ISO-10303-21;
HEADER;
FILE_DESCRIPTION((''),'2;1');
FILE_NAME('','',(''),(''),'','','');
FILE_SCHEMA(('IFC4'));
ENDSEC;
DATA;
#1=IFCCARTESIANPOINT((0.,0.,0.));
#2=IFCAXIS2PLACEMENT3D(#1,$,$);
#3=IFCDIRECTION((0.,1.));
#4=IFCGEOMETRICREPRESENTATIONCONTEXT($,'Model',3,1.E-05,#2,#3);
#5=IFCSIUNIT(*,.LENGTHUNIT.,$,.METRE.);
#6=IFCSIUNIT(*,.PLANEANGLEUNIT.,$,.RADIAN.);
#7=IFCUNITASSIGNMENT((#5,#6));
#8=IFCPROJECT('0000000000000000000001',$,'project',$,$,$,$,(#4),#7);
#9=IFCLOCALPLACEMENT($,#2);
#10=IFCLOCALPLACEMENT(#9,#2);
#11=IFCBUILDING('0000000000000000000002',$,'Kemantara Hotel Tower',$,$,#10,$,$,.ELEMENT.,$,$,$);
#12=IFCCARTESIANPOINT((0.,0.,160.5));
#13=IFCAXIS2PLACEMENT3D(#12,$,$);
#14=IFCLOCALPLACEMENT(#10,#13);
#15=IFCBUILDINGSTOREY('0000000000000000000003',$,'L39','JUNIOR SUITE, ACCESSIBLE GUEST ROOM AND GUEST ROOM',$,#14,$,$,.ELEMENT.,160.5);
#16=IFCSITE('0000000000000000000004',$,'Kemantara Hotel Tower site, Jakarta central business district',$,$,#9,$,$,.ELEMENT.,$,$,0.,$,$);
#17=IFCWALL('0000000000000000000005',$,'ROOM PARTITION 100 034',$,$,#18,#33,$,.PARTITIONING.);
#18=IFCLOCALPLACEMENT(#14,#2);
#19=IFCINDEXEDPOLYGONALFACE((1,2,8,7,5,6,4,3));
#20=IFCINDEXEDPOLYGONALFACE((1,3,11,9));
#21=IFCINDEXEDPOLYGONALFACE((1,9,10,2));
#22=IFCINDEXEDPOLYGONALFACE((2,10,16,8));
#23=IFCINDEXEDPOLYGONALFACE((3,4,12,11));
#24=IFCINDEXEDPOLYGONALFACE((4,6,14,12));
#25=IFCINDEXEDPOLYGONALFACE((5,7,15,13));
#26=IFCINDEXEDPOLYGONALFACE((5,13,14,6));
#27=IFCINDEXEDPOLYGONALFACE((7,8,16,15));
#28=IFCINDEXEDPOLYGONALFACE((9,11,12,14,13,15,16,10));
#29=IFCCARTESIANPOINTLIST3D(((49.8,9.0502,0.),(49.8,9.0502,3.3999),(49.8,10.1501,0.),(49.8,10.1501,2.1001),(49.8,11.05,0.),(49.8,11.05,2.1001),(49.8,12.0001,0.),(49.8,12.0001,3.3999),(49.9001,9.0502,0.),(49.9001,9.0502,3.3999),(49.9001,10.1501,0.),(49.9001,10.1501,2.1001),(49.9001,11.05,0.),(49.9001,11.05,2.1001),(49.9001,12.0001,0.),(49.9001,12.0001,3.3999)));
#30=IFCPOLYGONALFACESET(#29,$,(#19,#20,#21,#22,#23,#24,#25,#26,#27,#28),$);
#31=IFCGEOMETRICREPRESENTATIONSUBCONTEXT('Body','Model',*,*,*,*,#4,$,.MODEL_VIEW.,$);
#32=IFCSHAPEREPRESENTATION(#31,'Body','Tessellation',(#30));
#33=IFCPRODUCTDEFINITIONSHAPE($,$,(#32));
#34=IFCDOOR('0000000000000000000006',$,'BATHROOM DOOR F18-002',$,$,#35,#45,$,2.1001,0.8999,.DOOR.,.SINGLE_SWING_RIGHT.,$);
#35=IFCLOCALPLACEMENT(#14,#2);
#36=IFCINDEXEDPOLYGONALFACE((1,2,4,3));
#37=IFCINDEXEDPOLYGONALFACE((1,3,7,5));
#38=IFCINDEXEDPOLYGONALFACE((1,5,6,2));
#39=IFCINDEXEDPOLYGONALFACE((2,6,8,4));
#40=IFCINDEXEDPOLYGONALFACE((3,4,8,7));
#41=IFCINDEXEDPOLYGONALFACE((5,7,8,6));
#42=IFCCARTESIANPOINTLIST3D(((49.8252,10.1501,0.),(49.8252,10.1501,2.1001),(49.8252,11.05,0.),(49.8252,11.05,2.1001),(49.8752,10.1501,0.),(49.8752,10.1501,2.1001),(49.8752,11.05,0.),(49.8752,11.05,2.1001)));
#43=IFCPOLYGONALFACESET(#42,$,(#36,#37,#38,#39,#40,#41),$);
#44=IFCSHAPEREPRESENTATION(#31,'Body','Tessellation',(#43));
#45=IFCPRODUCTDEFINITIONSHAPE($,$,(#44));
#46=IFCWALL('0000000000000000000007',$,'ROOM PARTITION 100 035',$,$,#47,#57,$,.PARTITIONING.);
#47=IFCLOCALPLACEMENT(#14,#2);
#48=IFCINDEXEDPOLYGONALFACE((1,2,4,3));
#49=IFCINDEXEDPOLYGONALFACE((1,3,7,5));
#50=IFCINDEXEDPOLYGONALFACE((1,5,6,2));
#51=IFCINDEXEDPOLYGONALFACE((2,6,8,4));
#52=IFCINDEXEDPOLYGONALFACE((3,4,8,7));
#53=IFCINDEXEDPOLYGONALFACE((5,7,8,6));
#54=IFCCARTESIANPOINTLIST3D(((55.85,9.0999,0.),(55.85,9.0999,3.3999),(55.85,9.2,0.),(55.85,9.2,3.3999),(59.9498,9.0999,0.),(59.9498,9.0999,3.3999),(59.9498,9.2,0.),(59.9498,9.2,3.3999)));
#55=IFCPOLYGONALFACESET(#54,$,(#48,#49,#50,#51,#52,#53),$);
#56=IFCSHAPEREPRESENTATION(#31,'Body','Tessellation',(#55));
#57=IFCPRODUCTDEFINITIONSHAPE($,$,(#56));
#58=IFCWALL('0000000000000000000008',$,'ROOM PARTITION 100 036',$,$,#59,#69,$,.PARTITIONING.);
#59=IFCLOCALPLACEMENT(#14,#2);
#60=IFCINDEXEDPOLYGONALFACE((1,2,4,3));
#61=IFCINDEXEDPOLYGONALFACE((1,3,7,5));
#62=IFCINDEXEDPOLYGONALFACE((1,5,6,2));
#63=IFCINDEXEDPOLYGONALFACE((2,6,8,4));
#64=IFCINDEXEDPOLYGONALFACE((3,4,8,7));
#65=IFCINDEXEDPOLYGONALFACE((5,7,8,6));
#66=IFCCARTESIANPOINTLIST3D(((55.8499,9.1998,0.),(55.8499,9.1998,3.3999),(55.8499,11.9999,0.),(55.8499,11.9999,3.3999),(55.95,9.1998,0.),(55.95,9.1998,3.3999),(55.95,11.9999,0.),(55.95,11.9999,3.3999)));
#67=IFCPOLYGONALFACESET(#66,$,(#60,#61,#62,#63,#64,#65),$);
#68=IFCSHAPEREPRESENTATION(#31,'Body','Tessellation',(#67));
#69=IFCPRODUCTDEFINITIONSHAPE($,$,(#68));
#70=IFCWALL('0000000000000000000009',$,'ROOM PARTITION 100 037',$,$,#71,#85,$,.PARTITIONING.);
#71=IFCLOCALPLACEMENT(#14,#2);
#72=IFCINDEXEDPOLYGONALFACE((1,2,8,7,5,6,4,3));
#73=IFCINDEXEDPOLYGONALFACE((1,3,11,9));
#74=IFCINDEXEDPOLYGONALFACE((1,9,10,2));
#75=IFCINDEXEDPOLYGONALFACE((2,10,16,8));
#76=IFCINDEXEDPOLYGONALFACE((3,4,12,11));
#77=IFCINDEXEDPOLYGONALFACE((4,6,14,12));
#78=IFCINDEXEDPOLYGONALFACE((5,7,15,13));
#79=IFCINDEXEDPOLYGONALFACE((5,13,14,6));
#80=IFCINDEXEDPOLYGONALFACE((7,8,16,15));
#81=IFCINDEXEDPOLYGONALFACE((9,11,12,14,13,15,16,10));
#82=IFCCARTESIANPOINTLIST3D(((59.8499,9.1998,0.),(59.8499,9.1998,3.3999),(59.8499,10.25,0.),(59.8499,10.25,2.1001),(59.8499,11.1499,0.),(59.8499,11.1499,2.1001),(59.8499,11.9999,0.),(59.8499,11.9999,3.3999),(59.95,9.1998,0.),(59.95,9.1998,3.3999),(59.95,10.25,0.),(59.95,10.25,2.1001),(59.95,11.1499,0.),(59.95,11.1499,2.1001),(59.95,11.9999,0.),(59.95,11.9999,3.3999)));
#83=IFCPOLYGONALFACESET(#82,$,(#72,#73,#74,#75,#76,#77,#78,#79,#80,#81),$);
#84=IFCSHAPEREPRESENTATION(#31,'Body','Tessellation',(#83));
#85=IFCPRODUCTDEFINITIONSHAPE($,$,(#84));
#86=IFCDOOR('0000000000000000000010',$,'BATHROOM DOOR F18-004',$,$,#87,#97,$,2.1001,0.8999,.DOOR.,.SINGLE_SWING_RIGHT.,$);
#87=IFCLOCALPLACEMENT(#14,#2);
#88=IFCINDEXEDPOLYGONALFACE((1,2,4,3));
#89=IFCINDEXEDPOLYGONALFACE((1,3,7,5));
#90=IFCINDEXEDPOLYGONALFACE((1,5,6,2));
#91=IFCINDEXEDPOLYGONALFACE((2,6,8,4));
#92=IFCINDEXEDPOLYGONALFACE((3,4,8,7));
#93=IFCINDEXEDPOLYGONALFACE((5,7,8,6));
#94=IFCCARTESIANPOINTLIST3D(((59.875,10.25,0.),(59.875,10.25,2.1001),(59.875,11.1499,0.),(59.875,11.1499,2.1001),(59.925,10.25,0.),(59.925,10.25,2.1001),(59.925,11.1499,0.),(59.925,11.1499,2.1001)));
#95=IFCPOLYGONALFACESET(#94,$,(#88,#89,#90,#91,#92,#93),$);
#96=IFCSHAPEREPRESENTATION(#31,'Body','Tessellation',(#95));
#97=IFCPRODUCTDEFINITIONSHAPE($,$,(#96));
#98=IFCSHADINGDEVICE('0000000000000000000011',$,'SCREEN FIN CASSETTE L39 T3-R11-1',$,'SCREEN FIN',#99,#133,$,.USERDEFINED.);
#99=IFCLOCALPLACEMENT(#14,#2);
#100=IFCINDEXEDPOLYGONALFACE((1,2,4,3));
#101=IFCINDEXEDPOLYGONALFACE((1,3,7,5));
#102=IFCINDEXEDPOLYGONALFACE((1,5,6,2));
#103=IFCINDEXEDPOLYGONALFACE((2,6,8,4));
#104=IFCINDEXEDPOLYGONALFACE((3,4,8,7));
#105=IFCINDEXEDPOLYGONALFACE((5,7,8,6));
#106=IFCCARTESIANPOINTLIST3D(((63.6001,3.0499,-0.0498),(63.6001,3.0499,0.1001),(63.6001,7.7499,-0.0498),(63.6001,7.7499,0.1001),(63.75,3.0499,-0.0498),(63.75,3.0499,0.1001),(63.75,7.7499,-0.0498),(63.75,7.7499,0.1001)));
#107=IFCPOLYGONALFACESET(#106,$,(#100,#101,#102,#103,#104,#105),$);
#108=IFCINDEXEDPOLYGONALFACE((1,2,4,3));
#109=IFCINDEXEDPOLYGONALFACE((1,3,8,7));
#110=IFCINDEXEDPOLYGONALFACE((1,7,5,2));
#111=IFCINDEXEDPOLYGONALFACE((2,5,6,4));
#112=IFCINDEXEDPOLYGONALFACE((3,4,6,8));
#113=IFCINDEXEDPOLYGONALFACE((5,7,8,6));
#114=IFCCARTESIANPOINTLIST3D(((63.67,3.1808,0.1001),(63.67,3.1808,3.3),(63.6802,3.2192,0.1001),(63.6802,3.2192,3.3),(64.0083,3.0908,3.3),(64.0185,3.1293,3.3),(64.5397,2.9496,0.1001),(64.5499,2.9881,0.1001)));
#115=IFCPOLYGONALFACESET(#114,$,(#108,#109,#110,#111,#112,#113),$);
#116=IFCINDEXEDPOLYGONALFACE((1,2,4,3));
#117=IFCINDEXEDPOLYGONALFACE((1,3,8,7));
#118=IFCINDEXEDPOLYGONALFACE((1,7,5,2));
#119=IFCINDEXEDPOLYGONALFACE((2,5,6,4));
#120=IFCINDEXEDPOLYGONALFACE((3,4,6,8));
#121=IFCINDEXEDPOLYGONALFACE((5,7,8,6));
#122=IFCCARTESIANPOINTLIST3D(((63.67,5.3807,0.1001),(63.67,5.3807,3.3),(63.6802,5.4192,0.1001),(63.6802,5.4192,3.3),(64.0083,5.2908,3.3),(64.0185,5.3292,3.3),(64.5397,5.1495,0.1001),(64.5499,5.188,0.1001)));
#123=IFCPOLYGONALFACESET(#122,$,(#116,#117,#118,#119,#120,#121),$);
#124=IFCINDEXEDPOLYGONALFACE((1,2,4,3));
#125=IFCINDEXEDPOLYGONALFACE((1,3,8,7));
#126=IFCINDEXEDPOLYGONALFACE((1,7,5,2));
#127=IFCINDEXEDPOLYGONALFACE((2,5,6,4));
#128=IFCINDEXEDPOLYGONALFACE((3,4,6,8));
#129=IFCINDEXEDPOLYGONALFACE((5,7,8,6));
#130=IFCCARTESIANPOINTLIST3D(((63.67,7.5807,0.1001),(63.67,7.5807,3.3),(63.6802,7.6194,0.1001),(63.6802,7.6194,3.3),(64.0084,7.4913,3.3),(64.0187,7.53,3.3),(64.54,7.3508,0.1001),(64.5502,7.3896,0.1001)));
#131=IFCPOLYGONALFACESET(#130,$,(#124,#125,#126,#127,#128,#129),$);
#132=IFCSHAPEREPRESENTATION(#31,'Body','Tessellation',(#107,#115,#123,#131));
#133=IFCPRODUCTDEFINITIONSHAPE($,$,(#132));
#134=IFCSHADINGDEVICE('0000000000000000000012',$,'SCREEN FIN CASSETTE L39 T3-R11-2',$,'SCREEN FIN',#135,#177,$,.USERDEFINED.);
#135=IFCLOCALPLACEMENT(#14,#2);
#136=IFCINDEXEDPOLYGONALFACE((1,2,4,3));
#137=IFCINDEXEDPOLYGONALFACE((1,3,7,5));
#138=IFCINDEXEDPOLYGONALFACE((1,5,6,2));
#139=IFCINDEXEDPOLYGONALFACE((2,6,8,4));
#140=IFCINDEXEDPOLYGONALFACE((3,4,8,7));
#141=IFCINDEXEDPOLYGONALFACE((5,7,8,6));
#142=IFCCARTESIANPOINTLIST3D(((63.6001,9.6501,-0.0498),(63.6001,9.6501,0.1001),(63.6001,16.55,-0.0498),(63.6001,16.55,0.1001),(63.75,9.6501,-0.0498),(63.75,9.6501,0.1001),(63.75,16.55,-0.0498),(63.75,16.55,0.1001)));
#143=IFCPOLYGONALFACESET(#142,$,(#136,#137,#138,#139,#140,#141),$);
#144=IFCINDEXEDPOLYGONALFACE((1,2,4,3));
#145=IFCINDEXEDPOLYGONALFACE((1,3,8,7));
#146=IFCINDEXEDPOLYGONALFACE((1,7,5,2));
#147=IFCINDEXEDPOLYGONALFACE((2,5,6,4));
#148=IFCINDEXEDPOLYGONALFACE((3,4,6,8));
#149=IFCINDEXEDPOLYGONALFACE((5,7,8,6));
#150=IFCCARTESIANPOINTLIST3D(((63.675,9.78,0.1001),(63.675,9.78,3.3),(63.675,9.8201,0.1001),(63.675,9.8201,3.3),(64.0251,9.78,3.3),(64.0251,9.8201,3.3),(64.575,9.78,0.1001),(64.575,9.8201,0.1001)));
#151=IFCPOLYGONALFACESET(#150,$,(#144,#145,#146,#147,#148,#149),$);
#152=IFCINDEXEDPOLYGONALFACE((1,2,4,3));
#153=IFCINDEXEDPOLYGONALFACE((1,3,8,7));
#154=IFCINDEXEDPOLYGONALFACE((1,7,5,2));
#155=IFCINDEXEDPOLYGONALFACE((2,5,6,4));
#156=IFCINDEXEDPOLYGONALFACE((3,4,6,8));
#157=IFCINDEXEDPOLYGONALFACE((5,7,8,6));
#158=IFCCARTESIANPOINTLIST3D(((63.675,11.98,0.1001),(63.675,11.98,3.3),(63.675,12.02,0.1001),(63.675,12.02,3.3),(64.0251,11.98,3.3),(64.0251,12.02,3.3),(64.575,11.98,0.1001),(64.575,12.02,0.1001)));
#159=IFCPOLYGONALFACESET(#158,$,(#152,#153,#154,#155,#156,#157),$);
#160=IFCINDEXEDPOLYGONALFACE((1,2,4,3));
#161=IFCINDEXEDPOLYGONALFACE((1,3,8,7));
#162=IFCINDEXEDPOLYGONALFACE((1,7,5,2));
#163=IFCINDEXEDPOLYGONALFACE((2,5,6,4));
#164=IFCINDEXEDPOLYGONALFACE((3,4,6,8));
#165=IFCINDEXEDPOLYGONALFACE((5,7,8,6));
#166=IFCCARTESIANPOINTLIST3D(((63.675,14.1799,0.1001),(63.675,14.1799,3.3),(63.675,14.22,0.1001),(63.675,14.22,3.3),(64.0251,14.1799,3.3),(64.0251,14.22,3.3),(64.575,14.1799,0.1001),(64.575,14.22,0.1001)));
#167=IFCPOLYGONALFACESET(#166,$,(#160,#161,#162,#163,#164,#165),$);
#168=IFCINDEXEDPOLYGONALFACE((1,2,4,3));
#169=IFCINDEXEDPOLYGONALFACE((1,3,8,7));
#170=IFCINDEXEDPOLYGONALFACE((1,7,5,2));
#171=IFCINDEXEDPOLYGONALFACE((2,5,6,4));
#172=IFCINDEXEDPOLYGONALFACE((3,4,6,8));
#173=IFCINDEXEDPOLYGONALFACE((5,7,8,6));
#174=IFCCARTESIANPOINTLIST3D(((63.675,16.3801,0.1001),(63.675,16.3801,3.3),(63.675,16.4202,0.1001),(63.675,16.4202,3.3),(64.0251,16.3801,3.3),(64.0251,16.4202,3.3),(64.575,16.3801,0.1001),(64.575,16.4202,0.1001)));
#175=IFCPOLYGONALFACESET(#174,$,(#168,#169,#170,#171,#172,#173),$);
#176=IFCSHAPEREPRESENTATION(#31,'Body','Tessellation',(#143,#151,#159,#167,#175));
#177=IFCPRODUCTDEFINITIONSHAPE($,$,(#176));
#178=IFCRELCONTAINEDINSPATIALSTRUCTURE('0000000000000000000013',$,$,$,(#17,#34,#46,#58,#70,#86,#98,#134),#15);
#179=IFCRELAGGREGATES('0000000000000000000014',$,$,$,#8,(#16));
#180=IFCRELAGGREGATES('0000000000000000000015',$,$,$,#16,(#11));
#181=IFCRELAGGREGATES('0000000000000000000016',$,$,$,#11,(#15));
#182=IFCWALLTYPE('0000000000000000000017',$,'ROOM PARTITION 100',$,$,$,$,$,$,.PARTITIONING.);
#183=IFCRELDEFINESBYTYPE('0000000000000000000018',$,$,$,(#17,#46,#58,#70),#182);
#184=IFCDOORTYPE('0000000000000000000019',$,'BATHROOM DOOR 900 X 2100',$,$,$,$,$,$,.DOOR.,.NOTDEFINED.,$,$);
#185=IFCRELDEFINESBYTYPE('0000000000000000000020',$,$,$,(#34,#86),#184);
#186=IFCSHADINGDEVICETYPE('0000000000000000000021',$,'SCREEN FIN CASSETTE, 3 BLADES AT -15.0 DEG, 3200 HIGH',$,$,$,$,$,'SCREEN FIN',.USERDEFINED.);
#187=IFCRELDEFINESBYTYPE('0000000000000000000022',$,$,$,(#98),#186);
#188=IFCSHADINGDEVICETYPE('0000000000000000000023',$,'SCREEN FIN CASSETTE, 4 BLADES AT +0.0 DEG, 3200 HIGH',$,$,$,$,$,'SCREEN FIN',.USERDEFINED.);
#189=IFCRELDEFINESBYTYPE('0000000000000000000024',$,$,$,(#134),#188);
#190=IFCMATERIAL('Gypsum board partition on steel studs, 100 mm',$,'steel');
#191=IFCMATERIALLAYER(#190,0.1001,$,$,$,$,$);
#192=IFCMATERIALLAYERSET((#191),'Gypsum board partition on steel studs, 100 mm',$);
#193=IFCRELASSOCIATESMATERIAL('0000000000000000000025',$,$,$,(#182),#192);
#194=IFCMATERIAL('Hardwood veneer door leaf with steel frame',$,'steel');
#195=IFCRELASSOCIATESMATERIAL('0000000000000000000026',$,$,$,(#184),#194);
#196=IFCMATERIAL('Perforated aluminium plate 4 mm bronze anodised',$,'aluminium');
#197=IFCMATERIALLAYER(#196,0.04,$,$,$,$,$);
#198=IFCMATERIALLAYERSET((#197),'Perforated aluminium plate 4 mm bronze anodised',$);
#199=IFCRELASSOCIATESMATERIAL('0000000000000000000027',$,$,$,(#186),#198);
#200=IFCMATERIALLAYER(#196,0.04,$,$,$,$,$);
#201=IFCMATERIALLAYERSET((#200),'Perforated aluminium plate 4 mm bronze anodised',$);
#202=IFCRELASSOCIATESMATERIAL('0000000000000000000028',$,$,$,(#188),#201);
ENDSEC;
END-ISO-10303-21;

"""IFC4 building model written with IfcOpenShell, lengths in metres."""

from ifc_helpers import new_model, si_unit, direction, frame, frame_2d, origin, origin_2d, place, context, subcontext, project, spatial, polyline, rectangle, outline, extrude, source, transform, mapped, material, layer, layer_set, type_object, element, fill, save


model = new_model("IFC4")

# Units and contexts
model_context = context("Model", 3, precision=1e-05, world=origin(), true_north=direction((0.0, 1.0)))
body_context = subcontext(model_context, "Body", "Model", "MODEL_VIEW")
ifc_project = project(units=[si_unit("LENGTHUNIT", "METRE"), si_unit("PLANEANGLEUNIT", "RADIAN")], contexts=[model_context])

# Site, building, storey
site_placement = place(None, origin())
site = spatial("IfcSite", under=ifc_project, at=site_placement, Name="Kemantara Hotel Tower site, Jakarta central business district", CompositionType="ELEMENT", RefElevation=0.0)
building_placement = place(site_placement, origin())
building = spatial("IfcBuilding", under=site, at=building_placement, Name="Kemantara Hotel Tower", CompositionType="ELEMENT")
storey_placement = place(building_placement, frame((0.0, 0.0, 160.5)))
storey = spatial("IfcBuildingStorey", under=building, at=storey_placement, Name="L39", Description="JUNIOR SUITE, ACCESSIBLE GUEST ROOM AND GUEST ROOM", CompositionType="ELEMENT", Elevation=160.5)

# Wall, opening, door
ifc_material_1 = material(Name="Gypsum board partition on steel studs, 100 mm", Category="steel")
ifc_layer_1 = layer(ifc_material_1, 0.1001)
ifc_layer_set_1 = layer_set([ifc_layer_1], Name="Gypsum board partition on steel studs, 100 mm")
wall_type_1 = type_object("IfcWallType", Name="ROOM PARTITION 100", PredefinedType="PARTITIONING", material=ifc_layer_set_1)
wall_1_placement = place(storey_placement, frame((49.8501, 9.05, 0.0), z_axis=(0.0, 0.0, 1.0), x_axis=(0.0, 1.0, 0.0)))
wall_1 = element("IfcWall", 1, at=wall_1_placement, inside=storey, type_object=wall_type_1, Name="ROOM PARTITION 100 034", PredefinedType="PARTITIONING", context=body_context, shape_type="SweptSolid", body=[
    extrude(rectangle(XDim=2.95, YDim=0.1001, at=frame_2d((1.4751, 0.0))), origin(), (0.0, 0.0, 1.0), 3.3999),
])
opening_1_placement = place(wall_1_placement, frame((1.1001, 0.0, 0.0)))
opening_1 = element("IfcOpeningElement", 2, at=opening_1_placement, cuts=wall_1, PredefinedType="OPENING", context=body_context, shape_type="SweptSolid", body=[
    extrude(rectangle(XDim=0.8999, YDim=2.1001, at=frame_2d((0.45, 1.05))), frame((0.0, 0.0601, 0.0), z_axis=(0.0, -1.0, 0.0), x_axis=(1.0, 0.0, 0.0)), (0.0, 0.0, 1.0), 0.1201),
])
ifc_material_2 = material(Name="Hardwood veneer door leaf with steel frame", Category="steel")
door_type = type_object("IfcDoorType", Name="BATHROOM DOOR 900 X 2100", OperationType="NOTDEFINED", PredefinedType="DOOR", material=ifc_material_2)
door_1_placement = place(opening_1_placement, origin())
door_1 = element("IfcDoor", 3, at=door_1_placement, inside=storey, type_object=door_type, Name="BATHROOM DOOR F18-002", OperationType="SINGLE_SWING_RIGHT", OverallHeight=2.1001, OverallWidth=0.8999, PredefinedType="DOOR", context=body_context, shape_type="SweptSolid", body=[
    extrude(rectangle(XDim=0.8999, YDim=2.1001, at=frame_2d((0.45, 1.05))), frame((0.0, 0.0249, 0.0), z_axis=(0.0, -1.0, 0.0), x_axis=(1.0, 0.0, 0.0)), (0.0, 0.0, 1.0), 0.05),
])
fill(opening_1, door_1)

# Walls
wall_2_placement = place(storey_placement, frame((55.8501, 9.1499, 0.0), z_axis=(0.0, 0.0, 1.0), x_axis=(1.0, 0.0, 0.0)))
element("IfcWall", 4, at=wall_2_placement, inside=storey, type_object=wall_type_1, Name="ROOM PARTITION 100 035", PredefinedType="PARTITIONING", context=body_context, shape_type="SweptSolid", body=[
    extrude(rectangle(XDim=4.0999, YDim=0.1001, at=frame_2d((2.0498, 0.0))), origin(), (0.0, 0.0, 1.0), 3.3999),
])
wall_3_placement = place(storey_placement, frame((55.8999, 9.2, 0.0), z_axis=(0.0, 0.0, 1.0), x_axis=(0.0, 1.0, 0.0)))
element("IfcWall", 5, at=wall_3_placement, inside=storey, type_object=wall_type_1, Name="ROOM PARTITION 100 036", PredefinedType="PARTITIONING", context=body_context, shape_type="SweptSolid", body=[
    extrude(rectangle(XDim=2.8, YDim=0.1001, at=frame_2d((1.3999, 0.0))), origin(), (0.0, 0.0, 1.0), 3.3999),
])

# Wall, opening, door
wall_4_placement = place(storey_placement, frame((59.8999, 9.2, 0.0), z_axis=(0.0, 0.0, 1.0), x_axis=(0.0, 1.0, 0.0)))
wall_4 = element("IfcWall", 6, at=wall_4_placement, inside=storey, type_object=wall_type_1, Name="ROOM PARTITION 100 037", PredefinedType="PARTITIONING", context=body_context, shape_type="SweptSolid", body=[
    extrude(rectangle(XDim=2.8, YDim=0.1001, at=frame_2d((1.3999, 0.0))), origin(), (0.0, 0.0, 1.0), 3.3999),
])
opening_2_placement = place(wall_4_placement, frame((1.05, 0.0, 0.0)))
opening_2 = element("IfcOpeningElement", 7, at=opening_2_placement, cuts=wall_4, PredefinedType="OPENING", context=body_context, shape_type="SweptSolid", body=[
    extrude(rectangle(XDim=0.8999, YDim=2.1001, at=frame_2d((0.45, 1.05))), frame((0.0, 0.0601, 0.0), z_axis=(0.0, -1.0, 0.0), x_axis=(1.0, 0.0, 0.0)), (0.0, 0.0, 1.0), 0.1201),
])
door_2_placement = place(opening_2_placement, origin())
door_2 = element("IfcDoor", 8, at=door_2_placement, inside=storey, type_object=door_type, Name="BATHROOM DOOR F18-004", OperationType="SINGLE_SWING_RIGHT", OverallHeight=2.1001, OverallWidth=0.8999, PredefinedType="DOOR", context=body_context, shape_type="SweptSolid", body=[
    extrude(rectangle(XDim=0.8999, YDim=2.1001, at=frame_2d((0.45, 1.05))), frame((0.0, 0.0249, 0.0), z_axis=(0.0, -1.0, 0.0), x_axis=(1.0, 0.0, 0.0)), (0.0, 0.0, 1.0), 0.05),
])
fill(opening_2, door_2)

# Shading devices
ifc_material_3 = material(Name="Perforated aluminium plate 4 mm bronze anodised", Category="aluminium")
ifc_layer_2 = layer(ifc_material_3, 0.04)
ifc_layer_set_2 = layer_set([ifc_layer_2], Name="Perforated aluminium plate 4 mm bronze anodised")
shading_device_type_1 = type_object("IfcShadingDeviceType", Name="SCREEN FIN CASSETTE, 3 BLADES AT -15.0 DEG, 3200 HIGH", ElementType="SCREEN FIN", PredefinedType="USERDEFINED", material=ifc_layer_set_2)
shared_shape_1 = source(origin(), body_context, "Body", "SweptSolid", [
    extrude(rectangle(XDim=4.7, YDim=0.1499, at=origin_2d()), frame((2.2, -0.075, -0.1499), z_axis=(0.0, 0.0, 1.0), x_axis=(1.0, 0.0, 0.0)), (0.0, 0.0, 1.0), 0.1499),
    extrude(outline(polyline([(0.0, 0.0), (0.8999, 0.0), (0.3501, 3.2), (0.0, 3.2), (0.0, 0.0)])), frame((0.0193, -0.0801, 0.0), z_axis=(-0.966438, 0.256901, 0.0), x_axis=(-0.256901, -0.966438, 0.0)), (0.0, 0.0, 1.0), 0.0398),
    extrude(outline(polyline([(0.0, 0.0), (0.8999, 0.0), (0.3501, 3.2), (0.0, 3.2), (0.0, 0.0)])), frame((2.2192, -0.0801, 0.0), z_axis=(-0.966438, 0.256901, 0.0), x_axis=(-0.256901, -0.966438, 0.0)), (0.0, 0.0, 1.0), 0.0398),
    extrude(outline(polyline([(0.0, 0.0), (0.8999, 0.0), (0.3501, 3.2), (0.0, 3.2), (0.0, 0.0)])), frame((4.4194, -0.0801, 0.0), z_axis=(-0.966838, 0.255391, 0.0), x_axis=(-0.255391, -0.966838, 0.0)), (0.0, 0.0, 1.0), 0.04),
])
shading_device_1_placement = place(storey_placement, frame((63.6001, 3.2, 0.1001), z_axis=(0.0, 0.0, 1.0), x_axis=(0.0, 1.0, 0.0)))
element("IfcShadingDevice", 9, at=shading_device_1_placement, inside=storey, type_object=shading_device_type_1, Name="SCREEN FIN CASSETTE L39 T3-R11-1", ObjectType="SCREEN FIN", PredefinedType="USERDEFINED", context=body_context, shape_type="MappedRepresentation", body=[
    mapped(shared_shape_1, transform((0.0, 0.0, 0.0))),
])
ifc_layer_3 = layer(ifc_material_3, 0.04)
ifc_layer_set_3 = layer_set([ifc_layer_3], Name="Perforated aluminium plate 4 mm bronze anodised")
shading_device_type_2 = type_object("IfcShadingDeviceType", Name="SCREEN FIN CASSETTE, 4 BLADES AT +0.0 DEG, 3200 HIGH", ElementType="SCREEN FIN", PredefinedType="USERDEFINED", material=ifc_layer_set_3)
shared_shape_2 = source(origin(), body_context, "Body", "SweptSolid", [
    extrude(rectangle(XDim=6.8999, YDim=0.1499, at=origin_2d()), frame((3.3, -0.075, -0.1499), z_axis=(0.0, 0.0, 1.0), x_axis=(1.0, 0.0, 0.0)), (0.0, 0.0, 1.0), 0.1499),
    extrude(outline(polyline([(0.0, 0.0), (0.8999, 0.0), (0.3501, 3.2), (0.0, 3.2), (0.0, 0.0)])), frame((0.02, -0.075, 0.0), z_axis=(-1.0, 0.0, 0.0), x_axis=(0.0, -1.0, 0.0)), (0.0, 0.0, 1.0), 0.04),
    extrude(outline(polyline([(0.0, 0.0), (0.8999, 0.0), (0.3501, 3.2), (0.0, 3.2), (0.0, 0.0)])), frame((2.22, -0.075, 0.0), z_axis=(-1.0, 0.0, 0.0), x_axis=(0.0, -1.0, 0.0)), (0.0, 0.0, 1.0), 0.04),
    extrude(outline(polyline([(0.0, 0.0), (0.8999, 0.0), (0.3501, 3.2), (0.0, 3.2), (0.0, 0.0)])), frame((4.4199, -0.075, 0.0), z_axis=(-1.0, 0.0, 0.0), x_axis=(0.0, -1.0, 0.0)), (0.0, 0.0, 1.0), 0.04),
    extrude(outline(polyline([(0.0, 0.0), (0.8999, 0.0), (0.3501, 3.2), (0.0, 3.2), (0.0, 0.0)])), frame((6.6201, -0.075, 0.0), z_axis=(-1.0, 0.0, 0.0), x_axis=(0.0, -1.0, 0.0)), (0.0, 0.0, 1.0), 0.04),
])
shading_device_2_placement = place(storey_placement, frame((63.6001, 9.8, 0.1001), z_axis=(0.0, 0.0, 1.0), x_axis=(0.0, 1.0, 0.0)))
element("IfcShadingDevice", 10, at=shading_device_2_placement, inside=storey, type_object=shading_device_type_2, Name="SCREEN FIN CASSETTE L39 T3-R11-2", ObjectType="SCREEN FIN", PredefinedType="USERDEFINED", context=body_context, shape_type="MappedRepresentation", body=[
    mapped(shared_shape_2, transform((0.0, 0.0, 0.0))),
])

save(model, "model.ifc")
